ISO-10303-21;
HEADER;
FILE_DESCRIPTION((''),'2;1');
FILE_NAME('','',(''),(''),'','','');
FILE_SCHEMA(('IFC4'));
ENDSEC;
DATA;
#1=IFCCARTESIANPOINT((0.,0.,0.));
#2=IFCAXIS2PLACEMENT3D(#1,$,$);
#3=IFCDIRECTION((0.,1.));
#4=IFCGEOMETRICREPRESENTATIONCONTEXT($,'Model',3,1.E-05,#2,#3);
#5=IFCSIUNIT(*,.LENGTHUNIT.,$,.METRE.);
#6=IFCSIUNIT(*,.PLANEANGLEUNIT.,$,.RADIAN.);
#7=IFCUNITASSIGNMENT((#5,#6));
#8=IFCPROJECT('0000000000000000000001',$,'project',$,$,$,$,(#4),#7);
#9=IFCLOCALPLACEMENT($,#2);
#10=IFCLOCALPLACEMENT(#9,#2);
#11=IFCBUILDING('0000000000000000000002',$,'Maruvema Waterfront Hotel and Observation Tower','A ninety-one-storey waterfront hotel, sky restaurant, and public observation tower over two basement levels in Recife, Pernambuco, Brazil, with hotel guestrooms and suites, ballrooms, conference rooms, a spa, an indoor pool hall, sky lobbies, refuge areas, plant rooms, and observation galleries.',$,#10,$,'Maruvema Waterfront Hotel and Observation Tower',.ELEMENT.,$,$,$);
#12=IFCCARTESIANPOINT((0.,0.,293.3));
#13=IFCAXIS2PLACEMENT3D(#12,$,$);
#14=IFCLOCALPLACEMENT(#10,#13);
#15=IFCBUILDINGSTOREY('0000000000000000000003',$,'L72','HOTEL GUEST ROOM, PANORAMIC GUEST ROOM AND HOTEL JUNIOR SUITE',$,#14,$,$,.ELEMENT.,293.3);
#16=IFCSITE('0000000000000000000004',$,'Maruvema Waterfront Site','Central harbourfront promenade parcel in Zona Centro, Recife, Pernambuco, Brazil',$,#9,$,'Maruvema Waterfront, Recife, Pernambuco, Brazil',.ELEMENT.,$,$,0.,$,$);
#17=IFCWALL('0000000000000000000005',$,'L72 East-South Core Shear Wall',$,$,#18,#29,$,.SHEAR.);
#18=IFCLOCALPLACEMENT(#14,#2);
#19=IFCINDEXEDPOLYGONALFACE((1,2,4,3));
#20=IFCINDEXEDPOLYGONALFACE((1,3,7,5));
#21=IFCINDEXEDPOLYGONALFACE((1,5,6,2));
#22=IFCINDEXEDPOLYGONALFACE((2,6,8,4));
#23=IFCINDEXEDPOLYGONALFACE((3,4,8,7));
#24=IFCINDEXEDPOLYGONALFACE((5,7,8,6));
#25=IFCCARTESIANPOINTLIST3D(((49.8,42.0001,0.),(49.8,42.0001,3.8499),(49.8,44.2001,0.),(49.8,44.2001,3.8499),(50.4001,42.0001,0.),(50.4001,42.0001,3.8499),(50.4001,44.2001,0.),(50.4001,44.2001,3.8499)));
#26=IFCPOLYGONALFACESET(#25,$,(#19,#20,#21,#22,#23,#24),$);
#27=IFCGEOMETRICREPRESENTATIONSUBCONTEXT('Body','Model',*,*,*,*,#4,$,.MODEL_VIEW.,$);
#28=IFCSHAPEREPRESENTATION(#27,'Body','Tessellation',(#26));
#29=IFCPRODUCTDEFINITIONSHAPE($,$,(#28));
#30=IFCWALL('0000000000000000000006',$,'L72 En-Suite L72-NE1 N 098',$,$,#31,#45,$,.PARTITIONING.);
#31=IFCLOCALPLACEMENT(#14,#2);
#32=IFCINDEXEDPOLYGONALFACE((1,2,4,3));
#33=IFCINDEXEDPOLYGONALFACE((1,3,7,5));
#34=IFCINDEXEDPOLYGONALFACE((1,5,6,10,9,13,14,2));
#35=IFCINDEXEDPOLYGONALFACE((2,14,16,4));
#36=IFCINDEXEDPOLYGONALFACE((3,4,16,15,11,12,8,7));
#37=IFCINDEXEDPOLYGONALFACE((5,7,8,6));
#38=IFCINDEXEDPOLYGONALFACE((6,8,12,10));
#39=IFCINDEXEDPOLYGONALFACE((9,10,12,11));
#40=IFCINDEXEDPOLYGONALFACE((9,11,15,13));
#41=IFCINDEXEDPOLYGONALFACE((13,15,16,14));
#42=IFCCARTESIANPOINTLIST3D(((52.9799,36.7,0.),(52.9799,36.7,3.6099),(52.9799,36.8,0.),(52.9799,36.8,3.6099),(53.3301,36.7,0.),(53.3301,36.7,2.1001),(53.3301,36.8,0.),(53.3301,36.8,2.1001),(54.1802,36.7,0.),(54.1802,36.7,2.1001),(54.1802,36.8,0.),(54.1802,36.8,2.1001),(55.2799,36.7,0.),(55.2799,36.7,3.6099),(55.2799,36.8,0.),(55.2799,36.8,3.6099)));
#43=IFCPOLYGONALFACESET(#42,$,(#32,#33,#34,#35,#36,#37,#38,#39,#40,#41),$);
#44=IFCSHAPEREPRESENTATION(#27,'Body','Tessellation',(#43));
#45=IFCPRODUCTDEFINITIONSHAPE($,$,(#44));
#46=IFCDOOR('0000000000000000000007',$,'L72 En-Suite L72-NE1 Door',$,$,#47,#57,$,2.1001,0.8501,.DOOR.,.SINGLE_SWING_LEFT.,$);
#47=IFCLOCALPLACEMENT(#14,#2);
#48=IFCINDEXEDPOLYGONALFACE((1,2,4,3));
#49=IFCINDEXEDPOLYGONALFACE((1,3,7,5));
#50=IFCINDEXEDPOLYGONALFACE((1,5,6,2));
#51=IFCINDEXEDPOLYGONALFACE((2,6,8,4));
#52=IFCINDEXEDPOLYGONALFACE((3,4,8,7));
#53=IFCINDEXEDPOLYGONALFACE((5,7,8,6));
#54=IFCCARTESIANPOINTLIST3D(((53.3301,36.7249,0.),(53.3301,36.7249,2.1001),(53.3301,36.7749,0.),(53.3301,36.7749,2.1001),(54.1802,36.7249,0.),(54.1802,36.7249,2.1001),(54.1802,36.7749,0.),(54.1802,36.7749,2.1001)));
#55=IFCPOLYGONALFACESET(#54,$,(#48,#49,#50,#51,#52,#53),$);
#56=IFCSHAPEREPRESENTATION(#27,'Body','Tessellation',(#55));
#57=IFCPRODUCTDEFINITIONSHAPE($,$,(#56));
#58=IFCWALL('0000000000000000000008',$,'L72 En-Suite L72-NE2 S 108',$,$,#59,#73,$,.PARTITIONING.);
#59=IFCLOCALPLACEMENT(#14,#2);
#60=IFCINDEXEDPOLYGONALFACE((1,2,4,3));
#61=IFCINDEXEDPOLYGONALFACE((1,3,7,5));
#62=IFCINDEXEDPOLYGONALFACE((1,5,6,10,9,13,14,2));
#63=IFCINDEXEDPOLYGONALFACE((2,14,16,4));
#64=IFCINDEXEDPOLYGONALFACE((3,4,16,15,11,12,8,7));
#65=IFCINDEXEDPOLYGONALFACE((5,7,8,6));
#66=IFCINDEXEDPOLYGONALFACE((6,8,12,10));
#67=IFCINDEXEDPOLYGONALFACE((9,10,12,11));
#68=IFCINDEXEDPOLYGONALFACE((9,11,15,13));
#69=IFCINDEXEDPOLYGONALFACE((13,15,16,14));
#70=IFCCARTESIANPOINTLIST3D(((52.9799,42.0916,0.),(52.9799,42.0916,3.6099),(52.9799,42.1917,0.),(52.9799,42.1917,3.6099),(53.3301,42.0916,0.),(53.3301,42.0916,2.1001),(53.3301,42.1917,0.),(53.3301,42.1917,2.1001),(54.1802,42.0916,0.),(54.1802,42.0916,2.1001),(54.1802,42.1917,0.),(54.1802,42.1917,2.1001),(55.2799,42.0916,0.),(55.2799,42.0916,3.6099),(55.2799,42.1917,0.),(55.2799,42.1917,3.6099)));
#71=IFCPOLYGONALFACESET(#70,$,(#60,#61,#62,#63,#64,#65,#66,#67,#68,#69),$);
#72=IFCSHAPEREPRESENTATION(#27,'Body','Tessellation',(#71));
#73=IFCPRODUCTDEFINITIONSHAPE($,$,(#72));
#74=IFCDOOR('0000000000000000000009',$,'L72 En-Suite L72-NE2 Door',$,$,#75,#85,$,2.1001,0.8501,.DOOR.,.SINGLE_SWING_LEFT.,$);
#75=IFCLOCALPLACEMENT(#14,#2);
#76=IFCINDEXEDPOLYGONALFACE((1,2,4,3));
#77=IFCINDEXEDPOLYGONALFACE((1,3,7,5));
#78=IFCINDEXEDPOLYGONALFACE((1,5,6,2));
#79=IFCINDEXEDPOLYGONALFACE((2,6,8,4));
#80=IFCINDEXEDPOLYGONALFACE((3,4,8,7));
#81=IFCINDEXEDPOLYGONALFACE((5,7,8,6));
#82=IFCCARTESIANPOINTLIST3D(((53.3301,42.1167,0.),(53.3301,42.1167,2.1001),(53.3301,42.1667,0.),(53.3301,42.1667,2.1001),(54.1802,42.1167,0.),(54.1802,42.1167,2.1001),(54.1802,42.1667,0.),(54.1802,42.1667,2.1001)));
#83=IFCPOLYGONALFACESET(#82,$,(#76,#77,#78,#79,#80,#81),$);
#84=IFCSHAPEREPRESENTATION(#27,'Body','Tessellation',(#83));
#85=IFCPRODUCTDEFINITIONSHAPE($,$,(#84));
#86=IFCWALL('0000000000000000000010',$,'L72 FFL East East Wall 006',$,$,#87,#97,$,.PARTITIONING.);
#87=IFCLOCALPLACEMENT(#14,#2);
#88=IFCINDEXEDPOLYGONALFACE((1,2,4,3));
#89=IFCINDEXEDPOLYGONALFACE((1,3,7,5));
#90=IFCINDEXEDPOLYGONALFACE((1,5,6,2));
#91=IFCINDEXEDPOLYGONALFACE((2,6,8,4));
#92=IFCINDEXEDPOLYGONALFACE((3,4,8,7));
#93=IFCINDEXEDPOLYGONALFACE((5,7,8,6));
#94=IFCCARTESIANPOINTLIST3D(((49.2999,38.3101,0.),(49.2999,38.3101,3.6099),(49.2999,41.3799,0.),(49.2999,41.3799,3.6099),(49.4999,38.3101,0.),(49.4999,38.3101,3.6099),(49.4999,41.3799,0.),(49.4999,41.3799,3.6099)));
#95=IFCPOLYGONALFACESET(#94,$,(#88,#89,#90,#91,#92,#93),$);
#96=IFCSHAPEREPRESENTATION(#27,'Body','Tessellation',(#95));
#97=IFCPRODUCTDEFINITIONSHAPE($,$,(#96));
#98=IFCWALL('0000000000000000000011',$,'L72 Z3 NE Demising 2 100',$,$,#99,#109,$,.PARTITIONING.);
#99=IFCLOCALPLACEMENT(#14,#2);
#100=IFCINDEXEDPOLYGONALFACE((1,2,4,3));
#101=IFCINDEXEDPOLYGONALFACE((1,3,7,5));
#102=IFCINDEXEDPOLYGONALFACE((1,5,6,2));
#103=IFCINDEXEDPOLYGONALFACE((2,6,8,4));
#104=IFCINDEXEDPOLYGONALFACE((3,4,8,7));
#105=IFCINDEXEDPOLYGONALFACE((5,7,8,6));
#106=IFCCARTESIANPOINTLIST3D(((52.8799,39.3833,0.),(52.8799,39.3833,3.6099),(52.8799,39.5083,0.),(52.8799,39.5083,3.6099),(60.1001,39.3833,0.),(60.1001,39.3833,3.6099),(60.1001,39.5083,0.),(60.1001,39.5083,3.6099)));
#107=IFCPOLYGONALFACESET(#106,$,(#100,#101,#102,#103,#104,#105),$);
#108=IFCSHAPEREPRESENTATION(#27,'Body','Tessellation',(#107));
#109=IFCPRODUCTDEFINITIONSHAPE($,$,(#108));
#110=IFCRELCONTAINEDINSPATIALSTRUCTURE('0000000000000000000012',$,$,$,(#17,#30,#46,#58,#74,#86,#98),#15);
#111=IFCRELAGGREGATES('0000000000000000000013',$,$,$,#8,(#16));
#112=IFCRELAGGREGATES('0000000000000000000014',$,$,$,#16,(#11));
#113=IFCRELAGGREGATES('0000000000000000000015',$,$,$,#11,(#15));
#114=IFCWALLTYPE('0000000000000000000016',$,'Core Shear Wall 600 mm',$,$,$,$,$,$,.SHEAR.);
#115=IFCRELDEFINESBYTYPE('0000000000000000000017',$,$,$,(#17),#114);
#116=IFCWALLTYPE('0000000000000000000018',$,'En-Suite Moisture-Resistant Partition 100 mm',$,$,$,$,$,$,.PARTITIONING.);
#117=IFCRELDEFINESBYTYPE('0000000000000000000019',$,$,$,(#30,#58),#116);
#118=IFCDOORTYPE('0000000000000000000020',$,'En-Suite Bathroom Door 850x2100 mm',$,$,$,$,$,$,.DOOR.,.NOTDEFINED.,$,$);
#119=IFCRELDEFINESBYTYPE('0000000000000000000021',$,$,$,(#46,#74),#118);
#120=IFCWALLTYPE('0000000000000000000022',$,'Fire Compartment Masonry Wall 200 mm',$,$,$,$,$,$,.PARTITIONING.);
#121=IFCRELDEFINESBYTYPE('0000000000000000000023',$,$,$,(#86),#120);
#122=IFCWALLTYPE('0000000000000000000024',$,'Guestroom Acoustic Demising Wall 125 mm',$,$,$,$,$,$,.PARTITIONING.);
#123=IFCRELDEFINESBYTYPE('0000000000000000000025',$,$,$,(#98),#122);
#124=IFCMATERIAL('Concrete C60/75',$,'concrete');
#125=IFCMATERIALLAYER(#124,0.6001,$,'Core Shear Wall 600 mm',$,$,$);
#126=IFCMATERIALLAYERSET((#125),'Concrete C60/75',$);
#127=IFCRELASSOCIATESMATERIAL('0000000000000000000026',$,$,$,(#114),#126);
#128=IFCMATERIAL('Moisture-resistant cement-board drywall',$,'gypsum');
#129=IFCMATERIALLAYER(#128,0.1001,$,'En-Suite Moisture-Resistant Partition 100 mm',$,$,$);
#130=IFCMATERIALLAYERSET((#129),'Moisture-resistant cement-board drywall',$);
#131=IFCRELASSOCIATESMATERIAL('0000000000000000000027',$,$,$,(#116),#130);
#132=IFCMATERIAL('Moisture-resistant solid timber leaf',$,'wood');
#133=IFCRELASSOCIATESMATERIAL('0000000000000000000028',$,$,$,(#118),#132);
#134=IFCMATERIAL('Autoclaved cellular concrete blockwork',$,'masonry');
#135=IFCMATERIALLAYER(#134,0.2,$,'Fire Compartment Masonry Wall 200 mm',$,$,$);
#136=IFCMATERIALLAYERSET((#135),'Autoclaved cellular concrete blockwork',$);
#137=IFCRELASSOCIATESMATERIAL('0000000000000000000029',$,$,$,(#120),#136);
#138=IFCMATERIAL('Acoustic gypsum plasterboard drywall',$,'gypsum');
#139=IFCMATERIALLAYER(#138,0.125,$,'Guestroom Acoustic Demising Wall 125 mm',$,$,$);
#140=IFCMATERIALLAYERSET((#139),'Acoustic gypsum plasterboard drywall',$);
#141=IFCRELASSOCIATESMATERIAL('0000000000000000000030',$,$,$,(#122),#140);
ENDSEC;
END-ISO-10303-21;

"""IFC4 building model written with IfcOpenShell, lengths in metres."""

from ifc_helpers import new_model, si_unit, direction, frame, frame_2d, origin, place, context, subcontext, project, spatial, rectangle, extrude, material, layer, layer_set, type_object, element, fill, save


model = new_model("IFC4")

# Units and contexts
model_context = context("Model", 3, precision=1e-05, world=origin(), true_north=direction((0.0, 1.0)))
body_context = subcontext(model_context, "Body", "Model", "MODEL_VIEW")
ifc_project = project(units=[si_unit("LENGTHUNIT", "METRE"), si_unit("PLANEANGLEUNIT", "RADIAN")], contexts=[model_context])

# Site, building, storey
site_placement = place(None, origin())
site = spatial("IfcSite", under=ifc_project, at=site_placement, Name="Maruvema Waterfront Site", Description="Central harbourfront promenade parcel in Zona Centro, Recife, Pernambuco, Brazil", LongName="Maruvema Waterfront, Recife, Pernambuco, Brazil", CompositionType="ELEMENT", RefElevation=0.0)
building_placement = place(site_placement, origin())
building = spatial("IfcBuilding", under=site, at=building_placement, Name="Maruvema Waterfront Hotel and Observation Tower", Description="A ninety-one-storey waterfront hotel, sky restaurant, and public observation tower over two basement levels in Recife, Pernambuco, Brazil, with hotel guestrooms and suites, ballrooms, conference rooms, a spa, an indoor pool hall, sky lobbies, refuge areas, plant rooms, and observation galleries.", LongName="Maruvema Waterfront Hotel and Observation Tower", CompositionType="ELEMENT")
storey_placement = place(building_placement, frame((0.0, 0.0, 293.3)))
storey = spatial("IfcBuildingStorey", under=building, at=storey_placement, Name="L72", Description="HOTEL GUEST ROOM, PANORAMIC GUEST ROOM AND HOTEL JUNIOR SUITE", CompositionType="ELEMENT", Elevation=293.3)

# Wall
ifc_material_1 = material(Name="Concrete C60/75", Category="concrete")
ifc_layer_1 = layer(ifc_material_1, 0.6001, Name="Core Shear Wall 600 mm")
ifc_layer_set_1 = layer_set([ifc_layer_1], Name="Concrete C60/75")
wall_type_1 = type_object("IfcWallType", Name="Core Shear Wall 600 mm", PredefinedType="SHEAR", material=ifc_layer_set_1)
wall_1_placement = place(storey_placement, frame((50.1001, 42.0, 0.0), z_axis=(0.0, 0.0, 1.0), x_axis=(0.0, 1.0, 0.0)))
element("IfcWall", 1, at=wall_1_placement, inside=storey, type_object=wall_type_1, Name="L72 East-South Core Shear Wall", PredefinedType="SHEAR", context=body_context, shape_type="SweptSolid", body=[
    extrude(rectangle(XDim=2.2, YDim=0.6001, at=frame_2d((1.1001, 0.0))), origin(), (0.0, 0.0, 1.0), 3.8499),
])

# Walls, openings, doors
ifc_material_2 = material(Name="Moisture-resistant cement-board drywall", Category="gypsum")
ifc_layer_2 = layer(ifc_material_2, 0.1001, Name="En-Suite Moisture-Resistant Partition 100 mm")
ifc_layer_set_2 = layer_set([ifc_layer_2], Name="Moisture-resistant cement-board drywall")
wall_type_2 = type_object("IfcWallType", Name="En-Suite Moisture-Resistant Partition 100 mm", PredefinedType="PARTITIONING", material=ifc_layer_set_2)
wall_2_placement = place(storey_placement, frame((52.98, 36.75, 0.0), z_axis=(0.0, 0.0, 1.0), x_axis=(1.0, 0.0, 0.0)))
wall_2 = element("IfcWall", 2, at=wall_2_placement, inside=storey, type_object=wall_type_2, Name="L72 En-Suite L72-NE1 N 098", PredefinedType="PARTITIONING", context=body_context, shape_type="SweptSolid", body=[
    extrude(rectangle(XDim=2.3, YDim=0.1001, at=frame_2d((1.1499, 0.0))), origin(), (0.0, 0.0, 1.0), 3.6099),
])
opening_1_placement = place(wall_2_placement, frame((0.3501, 0.0, 0.0)))
opening_1 = element("IfcOpeningElement", 3, at=opening_1_placement, cuts=wall_2, PredefinedType="OPENING", context=body_context, shape_type="SweptSolid", body=[
    extrude(rectangle(XDim=0.8501, YDim=2.1001, at=frame_2d((0.425, 1.05))), frame((0.0, 0.0601, 0.0), z_axis=(0.0, -1.0, 0.0), x_axis=(1.0, 0.0, 0.0)), (0.0, 0.0, 1.0), 0.1201),
])
ifc_material_3 = material(Name="Moisture-resistant solid timber leaf", Category="wood")
door_type_1 = type_object("IfcDoorType", Name="En-Suite Bathroom Door 850x2100 mm", OperationType="NOTDEFINED", PredefinedType="DOOR", material=ifc_material_3)
door_1_placement = place(opening_1_placement, origin())
door_1 = element("IfcDoor", 4, at=door_1_placement, inside=storey, type_object=door_type_1, Name="L72 En-Suite L72-NE1 Door", OperationType="SINGLE_SWING_LEFT", OverallHeight=2.1001, OverallWidth=0.8501, PredefinedType="DOOR", context=body_context, shape_type="SweptSolid", body=[
    extrude(rectangle(XDim=0.8501, YDim=2.1001, at=frame_2d((0.425, 1.05))), frame((0.0, 0.0249, 0.0), z_axis=(0.0, -1.0, 0.0), x_axis=(1.0, 0.0, 0.0)), (0.0, 0.0, 1.0), 0.05),
])
fill(opening_1, door_1)
wall_3_placement = place(storey_placement, frame((52.98, 42.1416, 0.0), z_axis=(0.0, 0.0, 1.0), x_axis=(1.0, 0.0, 0.0)))
wall_3 = element("IfcWall", 5, at=wall_3_placement, inside=storey, type_object=wall_type_2, Name="L72 En-Suite L72-NE2 S 108", PredefinedType="PARTITIONING", context=body_context, shape_type="SweptSolid", body=[
    extrude(rectangle(XDim=2.3, YDim=0.1001, at=frame_2d((1.1499, 0.0))), origin(), (0.0, 0.0, 1.0), 3.6099),
])
opening_2_placement = place(wall_3_placement, frame((0.3501, 0.0, 0.0)))
opening_2 = element("IfcOpeningElement", 6, at=opening_2_placement, cuts=wall_3, PredefinedType="OPENING", context=body_context, shape_type="SweptSolid", body=[
    extrude(rectangle(XDim=0.8501, YDim=2.1001, at=frame_2d((0.425, 1.05))), frame((0.0, 0.0601, 0.0), z_axis=(0.0, -1.0, 0.0), x_axis=(1.0, 0.0, 0.0)), (0.0, 0.0, 1.0), 0.1201),
])
door_2_placement = place(opening_2_placement, frame((0.8501, 0.0, 0.0), z_axis=(0.0, 0.0, 1.0), x_axis=(-1.0, 0.0, 0.0)))
door_2 = element("IfcDoor", 7, at=door_2_placement, inside=storey, type_object=door_type_1, Name="L72 En-Suite L72-NE2 Door", OperationType="SINGLE_SWING_LEFT", OverallHeight=2.1001, OverallWidth=0.8501, PredefinedType="DOOR", context=body_context, shape_type="SweptSolid", body=[
    extrude(rectangle(XDim=0.8501, YDim=2.1001, at=frame_2d((0.425, 1.05))), frame((0.0, 0.0249, 0.0), z_axis=(0.0, -1.0, 0.0), x_axis=(1.0, 0.0, 0.0)), (0.0, 0.0, 1.0), 0.05),
])
fill(opening_2, door_2)

# Walls
ifc_material_4 = material(Name="Autoclaved cellular concrete blockwork", Category="masonry")
ifc_layer_3 = layer(ifc_material_4, 0.2, Name="Fire Compartment Masonry Wall 200 mm")
ifc_layer_set_3 = layer_set([ifc_layer_3], Name="Autoclaved cellular concrete blockwork")
wall_type_3 = type_object("IfcWallType", Name="Fire Compartment Masonry Wall 200 mm", PredefinedType="PARTITIONING", material=ifc_layer_set_3)
wall_4_placement = place(storey_placement, frame((49.3999, 38.3101, 0.0), z_axis=(0.0, 0.0, 1.0), x_axis=(0.0, 1.0, 0.0)))
element("IfcWall", 8, at=wall_4_placement, inside=storey, type_object=wall_type_3, Name="L72 FFL East East Wall 006", PredefinedType="PARTITIONING", context=body_context, shape_type="SweptSolid", body=[
    extrude(rectangle(XDim=3.0698, YDim=0.2, at=frame_2d((1.5349, 0.0))), origin(), (0.0, 0.0, 1.0), 3.6099),
])
ifc_material_5 = material(Name="Acoustic gypsum plasterboard drywall", Category="gypsum")
ifc_layer_4 = layer(ifc_material_5, 0.125, Name="Guestroom Acoustic Demising Wall 125 mm")
ifc_layer_set_4 = layer_set([ifc_layer_4], Name="Acoustic gypsum plasterboard drywall")
wall_type_4 = type_object("IfcWallType", Name="Guestroom Acoustic Demising Wall 125 mm", PredefinedType="PARTITIONING", material=ifc_layer_set_4)
wall_5_placement = place(storey_placement, frame((52.8799, 39.4458, 0.0), z_axis=(0.0, 0.0, 1.0), x_axis=(1.0, 0.0, 0.0)))
element("IfcWall", 9, at=wall_5_placement, inside=storey, type_object=wall_type_4, Name="L72 Z3 NE Demising 2 100", PredefinedType="PARTITIONING", context=body_context, shape_type="SweptSolid", body=[
    extrude(rectangle(XDim=7.2202, YDim=0.125, at=frame_2d((3.6101, 0.0))), origin(), (0.0, 0.0, 1.0), 3.6099),
])

save(model, "model.ifc")
